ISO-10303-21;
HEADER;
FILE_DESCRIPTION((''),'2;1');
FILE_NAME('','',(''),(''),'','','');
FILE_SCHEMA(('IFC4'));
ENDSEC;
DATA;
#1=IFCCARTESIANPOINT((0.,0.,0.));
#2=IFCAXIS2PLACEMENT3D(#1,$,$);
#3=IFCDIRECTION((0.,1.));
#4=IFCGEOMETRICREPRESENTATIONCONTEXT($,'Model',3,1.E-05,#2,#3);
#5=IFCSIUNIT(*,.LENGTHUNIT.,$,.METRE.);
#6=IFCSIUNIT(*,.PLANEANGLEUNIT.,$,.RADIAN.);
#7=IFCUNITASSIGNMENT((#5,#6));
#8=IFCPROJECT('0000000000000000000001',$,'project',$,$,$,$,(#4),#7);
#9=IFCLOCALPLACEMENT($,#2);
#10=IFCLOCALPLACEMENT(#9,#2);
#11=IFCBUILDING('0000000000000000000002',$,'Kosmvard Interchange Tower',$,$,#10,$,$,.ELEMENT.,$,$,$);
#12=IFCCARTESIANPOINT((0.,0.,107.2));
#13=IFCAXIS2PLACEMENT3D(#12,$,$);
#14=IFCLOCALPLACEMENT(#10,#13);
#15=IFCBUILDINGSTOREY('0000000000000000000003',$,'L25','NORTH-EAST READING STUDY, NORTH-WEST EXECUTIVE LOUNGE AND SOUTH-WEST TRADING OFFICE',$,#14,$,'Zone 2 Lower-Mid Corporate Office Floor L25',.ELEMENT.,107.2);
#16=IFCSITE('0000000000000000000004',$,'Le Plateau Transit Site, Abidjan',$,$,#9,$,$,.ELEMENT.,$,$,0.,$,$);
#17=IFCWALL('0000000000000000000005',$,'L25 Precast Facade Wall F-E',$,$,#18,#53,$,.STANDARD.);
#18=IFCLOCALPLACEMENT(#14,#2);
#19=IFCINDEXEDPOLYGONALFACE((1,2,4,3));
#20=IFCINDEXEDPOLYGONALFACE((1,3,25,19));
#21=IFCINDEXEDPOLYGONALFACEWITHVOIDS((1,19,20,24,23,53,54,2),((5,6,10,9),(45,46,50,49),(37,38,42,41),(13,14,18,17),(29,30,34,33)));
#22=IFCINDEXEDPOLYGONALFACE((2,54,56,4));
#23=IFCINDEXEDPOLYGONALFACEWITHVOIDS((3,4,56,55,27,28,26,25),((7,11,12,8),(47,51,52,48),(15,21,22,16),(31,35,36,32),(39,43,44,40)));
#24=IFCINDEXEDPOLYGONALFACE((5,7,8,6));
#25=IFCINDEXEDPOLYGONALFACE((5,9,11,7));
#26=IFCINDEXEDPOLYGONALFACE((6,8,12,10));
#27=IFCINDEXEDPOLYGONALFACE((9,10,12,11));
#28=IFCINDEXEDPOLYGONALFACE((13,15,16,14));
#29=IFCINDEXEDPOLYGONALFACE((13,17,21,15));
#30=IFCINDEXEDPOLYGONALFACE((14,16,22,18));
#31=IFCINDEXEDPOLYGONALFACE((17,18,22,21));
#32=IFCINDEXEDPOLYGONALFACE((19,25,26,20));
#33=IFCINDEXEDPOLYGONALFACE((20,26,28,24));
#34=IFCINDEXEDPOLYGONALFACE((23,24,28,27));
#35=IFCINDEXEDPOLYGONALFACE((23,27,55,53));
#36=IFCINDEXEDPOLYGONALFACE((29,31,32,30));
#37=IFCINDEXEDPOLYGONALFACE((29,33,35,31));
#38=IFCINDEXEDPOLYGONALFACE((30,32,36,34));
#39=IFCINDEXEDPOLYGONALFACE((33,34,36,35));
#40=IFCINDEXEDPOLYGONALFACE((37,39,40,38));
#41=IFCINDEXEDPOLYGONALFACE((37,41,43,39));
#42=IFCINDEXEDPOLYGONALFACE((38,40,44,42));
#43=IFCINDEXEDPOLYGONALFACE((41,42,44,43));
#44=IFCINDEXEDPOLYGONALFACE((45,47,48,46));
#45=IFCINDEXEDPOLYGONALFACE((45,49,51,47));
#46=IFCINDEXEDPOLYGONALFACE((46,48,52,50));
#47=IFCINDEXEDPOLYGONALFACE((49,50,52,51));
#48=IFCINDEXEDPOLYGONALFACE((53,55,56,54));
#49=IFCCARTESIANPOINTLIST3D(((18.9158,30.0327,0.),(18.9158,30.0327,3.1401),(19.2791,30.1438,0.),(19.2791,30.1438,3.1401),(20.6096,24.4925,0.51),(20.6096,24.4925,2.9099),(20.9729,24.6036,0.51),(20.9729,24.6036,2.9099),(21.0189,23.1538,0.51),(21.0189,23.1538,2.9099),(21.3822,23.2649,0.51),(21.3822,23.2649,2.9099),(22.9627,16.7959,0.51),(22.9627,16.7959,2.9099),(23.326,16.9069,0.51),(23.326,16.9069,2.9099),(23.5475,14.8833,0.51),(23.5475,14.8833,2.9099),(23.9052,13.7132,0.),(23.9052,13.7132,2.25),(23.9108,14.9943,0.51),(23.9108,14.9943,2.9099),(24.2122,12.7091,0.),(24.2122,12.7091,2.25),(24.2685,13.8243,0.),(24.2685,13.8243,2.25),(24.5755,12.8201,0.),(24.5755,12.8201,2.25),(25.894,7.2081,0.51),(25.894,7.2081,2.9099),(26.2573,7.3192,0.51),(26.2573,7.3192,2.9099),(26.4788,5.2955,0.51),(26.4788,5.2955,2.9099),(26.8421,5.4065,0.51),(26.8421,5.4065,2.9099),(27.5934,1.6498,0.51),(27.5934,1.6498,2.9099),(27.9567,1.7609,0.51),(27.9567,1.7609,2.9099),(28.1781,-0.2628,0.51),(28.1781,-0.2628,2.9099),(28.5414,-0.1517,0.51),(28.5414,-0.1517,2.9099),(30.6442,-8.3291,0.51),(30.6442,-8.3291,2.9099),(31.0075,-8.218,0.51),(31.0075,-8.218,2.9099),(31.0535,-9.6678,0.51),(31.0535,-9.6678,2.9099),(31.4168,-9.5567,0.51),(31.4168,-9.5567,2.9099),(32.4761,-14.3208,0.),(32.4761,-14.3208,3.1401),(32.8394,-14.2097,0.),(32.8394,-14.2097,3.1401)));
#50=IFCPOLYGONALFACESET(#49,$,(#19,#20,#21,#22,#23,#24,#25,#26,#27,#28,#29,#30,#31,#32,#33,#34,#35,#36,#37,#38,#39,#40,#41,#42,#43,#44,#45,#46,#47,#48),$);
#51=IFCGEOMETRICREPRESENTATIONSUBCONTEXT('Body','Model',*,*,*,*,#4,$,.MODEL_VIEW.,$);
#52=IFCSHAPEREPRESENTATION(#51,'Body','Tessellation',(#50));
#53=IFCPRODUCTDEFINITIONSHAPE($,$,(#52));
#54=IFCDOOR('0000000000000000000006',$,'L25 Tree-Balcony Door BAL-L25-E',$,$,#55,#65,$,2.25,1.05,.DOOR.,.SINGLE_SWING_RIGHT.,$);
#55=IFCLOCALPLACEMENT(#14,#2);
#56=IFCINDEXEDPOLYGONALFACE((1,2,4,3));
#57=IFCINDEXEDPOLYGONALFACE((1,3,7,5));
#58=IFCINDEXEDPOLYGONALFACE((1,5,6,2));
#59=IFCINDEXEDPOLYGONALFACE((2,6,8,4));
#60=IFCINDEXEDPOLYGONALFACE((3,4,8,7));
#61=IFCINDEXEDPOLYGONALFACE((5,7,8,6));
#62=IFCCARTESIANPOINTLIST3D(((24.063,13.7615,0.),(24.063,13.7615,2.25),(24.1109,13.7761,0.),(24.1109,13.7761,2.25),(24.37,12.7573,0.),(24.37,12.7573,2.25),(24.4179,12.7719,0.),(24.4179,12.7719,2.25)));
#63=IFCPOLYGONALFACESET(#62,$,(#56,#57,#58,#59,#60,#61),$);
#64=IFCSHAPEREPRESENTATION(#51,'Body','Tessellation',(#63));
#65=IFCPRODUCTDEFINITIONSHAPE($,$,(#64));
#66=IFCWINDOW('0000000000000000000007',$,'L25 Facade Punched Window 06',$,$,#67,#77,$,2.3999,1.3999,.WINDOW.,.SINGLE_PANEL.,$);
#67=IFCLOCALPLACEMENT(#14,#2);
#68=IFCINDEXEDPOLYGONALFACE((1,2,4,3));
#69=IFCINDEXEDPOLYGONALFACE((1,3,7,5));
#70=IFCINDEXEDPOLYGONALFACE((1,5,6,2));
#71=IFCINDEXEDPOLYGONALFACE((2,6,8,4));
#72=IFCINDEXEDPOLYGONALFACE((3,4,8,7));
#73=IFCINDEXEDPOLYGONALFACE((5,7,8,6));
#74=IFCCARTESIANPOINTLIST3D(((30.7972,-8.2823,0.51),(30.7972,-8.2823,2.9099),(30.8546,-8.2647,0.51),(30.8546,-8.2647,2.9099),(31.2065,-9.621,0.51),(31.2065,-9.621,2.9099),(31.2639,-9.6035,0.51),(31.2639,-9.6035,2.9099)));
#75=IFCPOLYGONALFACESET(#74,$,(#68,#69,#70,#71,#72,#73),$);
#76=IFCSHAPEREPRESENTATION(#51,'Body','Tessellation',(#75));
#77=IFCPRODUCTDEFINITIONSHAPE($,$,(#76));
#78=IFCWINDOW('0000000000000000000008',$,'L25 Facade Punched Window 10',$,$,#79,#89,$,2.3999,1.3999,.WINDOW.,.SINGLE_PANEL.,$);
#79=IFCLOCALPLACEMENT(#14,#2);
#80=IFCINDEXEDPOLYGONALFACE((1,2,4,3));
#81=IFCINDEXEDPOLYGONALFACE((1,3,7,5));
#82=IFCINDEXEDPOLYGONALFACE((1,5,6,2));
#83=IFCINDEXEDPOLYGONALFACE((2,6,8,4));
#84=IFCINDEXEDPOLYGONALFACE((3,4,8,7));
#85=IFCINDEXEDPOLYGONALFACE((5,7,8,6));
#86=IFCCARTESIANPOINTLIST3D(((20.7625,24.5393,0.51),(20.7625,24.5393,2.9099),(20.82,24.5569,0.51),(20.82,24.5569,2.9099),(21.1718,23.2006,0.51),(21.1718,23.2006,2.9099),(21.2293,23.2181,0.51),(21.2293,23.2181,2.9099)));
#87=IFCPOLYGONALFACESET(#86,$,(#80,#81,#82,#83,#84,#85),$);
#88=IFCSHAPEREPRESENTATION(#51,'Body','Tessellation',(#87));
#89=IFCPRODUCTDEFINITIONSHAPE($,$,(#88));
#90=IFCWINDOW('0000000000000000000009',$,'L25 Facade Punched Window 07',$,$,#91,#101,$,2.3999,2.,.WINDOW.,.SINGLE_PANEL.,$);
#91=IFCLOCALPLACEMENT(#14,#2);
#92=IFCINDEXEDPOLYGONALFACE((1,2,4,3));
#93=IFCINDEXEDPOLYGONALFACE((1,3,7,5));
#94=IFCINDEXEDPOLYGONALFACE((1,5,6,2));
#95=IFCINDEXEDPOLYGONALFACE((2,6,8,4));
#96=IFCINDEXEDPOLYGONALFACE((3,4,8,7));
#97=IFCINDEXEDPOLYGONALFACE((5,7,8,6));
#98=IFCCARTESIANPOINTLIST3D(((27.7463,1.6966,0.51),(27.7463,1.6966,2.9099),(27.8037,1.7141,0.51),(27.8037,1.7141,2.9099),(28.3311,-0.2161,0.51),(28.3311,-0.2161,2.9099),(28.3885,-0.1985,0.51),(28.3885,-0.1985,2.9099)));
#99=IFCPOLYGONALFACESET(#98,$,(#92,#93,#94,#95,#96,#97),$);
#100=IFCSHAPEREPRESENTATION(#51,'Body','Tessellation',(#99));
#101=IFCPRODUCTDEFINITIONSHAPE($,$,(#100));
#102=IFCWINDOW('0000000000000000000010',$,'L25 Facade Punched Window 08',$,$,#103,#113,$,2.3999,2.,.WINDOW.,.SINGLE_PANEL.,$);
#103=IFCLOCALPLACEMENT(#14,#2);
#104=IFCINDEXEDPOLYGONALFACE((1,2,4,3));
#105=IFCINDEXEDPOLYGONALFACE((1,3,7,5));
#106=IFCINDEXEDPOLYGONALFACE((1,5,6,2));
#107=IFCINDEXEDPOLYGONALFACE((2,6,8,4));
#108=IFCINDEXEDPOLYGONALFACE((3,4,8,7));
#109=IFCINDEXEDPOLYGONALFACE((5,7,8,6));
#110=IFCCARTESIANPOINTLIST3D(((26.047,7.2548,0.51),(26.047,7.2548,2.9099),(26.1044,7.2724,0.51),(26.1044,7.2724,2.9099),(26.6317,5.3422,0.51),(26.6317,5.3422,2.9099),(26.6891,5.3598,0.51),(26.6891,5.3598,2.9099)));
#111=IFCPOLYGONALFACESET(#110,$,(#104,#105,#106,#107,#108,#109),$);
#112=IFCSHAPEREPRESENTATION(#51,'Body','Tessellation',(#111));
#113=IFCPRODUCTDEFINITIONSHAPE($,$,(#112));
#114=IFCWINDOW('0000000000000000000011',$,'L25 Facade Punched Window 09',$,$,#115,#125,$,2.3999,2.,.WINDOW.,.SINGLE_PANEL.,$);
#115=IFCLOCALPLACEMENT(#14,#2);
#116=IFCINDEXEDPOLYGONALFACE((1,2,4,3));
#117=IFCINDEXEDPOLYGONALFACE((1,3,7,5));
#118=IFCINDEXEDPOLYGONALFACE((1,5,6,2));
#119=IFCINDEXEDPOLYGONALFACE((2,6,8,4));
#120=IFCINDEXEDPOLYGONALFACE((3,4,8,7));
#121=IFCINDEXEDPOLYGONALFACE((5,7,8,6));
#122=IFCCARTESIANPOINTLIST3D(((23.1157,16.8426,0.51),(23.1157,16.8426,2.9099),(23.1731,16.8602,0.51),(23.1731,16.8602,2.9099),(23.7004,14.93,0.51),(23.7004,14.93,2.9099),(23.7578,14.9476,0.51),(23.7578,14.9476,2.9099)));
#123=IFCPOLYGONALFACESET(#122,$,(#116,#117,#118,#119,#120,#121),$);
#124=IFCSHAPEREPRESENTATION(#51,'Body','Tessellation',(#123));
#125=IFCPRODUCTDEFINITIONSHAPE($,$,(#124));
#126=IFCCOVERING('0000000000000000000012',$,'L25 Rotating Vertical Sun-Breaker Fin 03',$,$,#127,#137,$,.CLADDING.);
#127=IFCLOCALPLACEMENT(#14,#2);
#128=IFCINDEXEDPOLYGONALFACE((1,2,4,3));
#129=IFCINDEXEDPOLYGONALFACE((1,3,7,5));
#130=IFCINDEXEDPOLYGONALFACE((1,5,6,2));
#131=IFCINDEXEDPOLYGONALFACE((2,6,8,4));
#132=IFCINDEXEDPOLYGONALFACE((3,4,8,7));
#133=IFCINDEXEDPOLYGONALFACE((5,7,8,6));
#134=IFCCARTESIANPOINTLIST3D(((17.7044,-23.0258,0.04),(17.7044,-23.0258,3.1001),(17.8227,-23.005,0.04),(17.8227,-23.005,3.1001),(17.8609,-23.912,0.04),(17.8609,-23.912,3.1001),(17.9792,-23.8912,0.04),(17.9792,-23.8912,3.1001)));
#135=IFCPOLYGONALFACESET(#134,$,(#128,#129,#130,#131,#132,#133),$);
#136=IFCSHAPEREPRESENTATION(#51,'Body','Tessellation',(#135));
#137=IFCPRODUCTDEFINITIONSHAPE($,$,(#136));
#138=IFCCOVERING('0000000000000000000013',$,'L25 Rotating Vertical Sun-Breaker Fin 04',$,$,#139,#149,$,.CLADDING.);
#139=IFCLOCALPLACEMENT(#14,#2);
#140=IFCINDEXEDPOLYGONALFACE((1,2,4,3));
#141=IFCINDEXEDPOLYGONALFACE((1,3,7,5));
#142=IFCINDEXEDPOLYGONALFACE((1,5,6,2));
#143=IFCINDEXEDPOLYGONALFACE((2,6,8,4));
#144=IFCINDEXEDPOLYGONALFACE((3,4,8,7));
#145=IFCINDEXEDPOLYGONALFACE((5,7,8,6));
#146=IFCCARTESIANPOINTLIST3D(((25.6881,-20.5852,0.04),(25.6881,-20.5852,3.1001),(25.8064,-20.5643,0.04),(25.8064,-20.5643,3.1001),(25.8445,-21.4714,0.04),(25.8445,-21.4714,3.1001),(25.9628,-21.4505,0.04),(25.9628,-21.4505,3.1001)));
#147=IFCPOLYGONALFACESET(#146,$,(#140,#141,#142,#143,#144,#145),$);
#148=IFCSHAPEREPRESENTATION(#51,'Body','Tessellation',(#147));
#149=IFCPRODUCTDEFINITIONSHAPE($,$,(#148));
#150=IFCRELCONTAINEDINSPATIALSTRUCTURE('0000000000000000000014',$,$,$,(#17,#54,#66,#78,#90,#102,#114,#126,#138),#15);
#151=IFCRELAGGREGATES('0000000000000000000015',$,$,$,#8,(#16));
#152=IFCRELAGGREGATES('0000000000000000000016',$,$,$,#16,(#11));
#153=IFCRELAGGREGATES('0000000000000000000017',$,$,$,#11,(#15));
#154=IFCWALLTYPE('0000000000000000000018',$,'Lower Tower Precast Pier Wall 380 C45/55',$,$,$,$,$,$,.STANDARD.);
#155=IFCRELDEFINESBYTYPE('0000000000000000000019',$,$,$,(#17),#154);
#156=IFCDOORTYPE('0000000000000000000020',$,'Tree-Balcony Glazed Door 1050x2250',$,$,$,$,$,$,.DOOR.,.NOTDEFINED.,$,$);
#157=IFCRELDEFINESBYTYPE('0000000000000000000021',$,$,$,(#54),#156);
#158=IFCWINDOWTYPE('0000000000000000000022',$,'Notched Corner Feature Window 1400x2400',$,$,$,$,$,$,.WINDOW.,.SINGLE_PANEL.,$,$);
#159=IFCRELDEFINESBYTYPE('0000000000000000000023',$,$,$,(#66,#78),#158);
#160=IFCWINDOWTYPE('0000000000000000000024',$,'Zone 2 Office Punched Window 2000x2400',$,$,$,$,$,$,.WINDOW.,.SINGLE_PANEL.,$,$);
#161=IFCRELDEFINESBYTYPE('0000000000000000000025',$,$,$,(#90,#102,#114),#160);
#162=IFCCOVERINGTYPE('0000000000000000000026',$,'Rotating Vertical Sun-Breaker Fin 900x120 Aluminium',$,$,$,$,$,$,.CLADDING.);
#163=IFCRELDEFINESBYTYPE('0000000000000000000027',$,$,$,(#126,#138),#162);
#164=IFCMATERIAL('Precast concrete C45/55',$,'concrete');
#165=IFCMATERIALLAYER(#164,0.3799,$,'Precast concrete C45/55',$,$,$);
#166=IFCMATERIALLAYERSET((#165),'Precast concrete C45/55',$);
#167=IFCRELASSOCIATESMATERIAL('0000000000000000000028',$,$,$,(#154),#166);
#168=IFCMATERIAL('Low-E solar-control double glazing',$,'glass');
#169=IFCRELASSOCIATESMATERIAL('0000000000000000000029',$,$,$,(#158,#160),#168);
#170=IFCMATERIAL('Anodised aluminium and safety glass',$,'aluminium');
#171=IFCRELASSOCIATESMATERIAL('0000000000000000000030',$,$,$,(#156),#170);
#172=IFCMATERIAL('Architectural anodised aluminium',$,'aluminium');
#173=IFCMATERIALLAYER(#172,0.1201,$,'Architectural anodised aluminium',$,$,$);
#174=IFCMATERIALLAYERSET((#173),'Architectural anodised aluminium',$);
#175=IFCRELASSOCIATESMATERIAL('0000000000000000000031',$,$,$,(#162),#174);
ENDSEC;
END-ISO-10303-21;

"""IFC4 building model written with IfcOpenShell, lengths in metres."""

from ifc_helpers import new_model, si_unit, direction, frame, frame_2d, origin, origin_2d, place, context, subcontext, project, spatial, rectangle, extrude, source, transform, mapped, material, layer, layer_set, type_object, element, fill, save


model = new_model("IFC4")

# Units and contexts
model_context = context("Model", 3, precision=1e-05, world=origin(), true_north=direction((0.0, 1.0)))
body_context = subcontext(model_context, "Body", "Model", "MODEL_VIEW")
ifc_project = project(units=[si_unit("LENGTHUNIT", "METRE"), si_unit("PLANEANGLEUNIT", "RADIAN")], contexts=[model_context])

# Site, building, storey
site_placement = place(None, origin())
site = spatial("IfcSite", under=ifc_project, at=site_placement, Name="Le Plateau Transit Site, Abidjan", CompositionType="ELEMENT", RefElevation=0.0)
building_placement = place(site_placement, origin())
building = spatial("IfcBuilding", under=site, at=building_placement, Name="Kosmvard Interchange Tower", CompositionType="ELEMENT")
storey_placement = place(building_placement, frame((0.0, 0.0, 107.2)))
storey = spatial("IfcBuildingStorey", under=building, at=storey_placement, Name="L25", Description="NORTH-EAST READING STUDY, NORTH-WEST EXECUTIVE LOUNGE AND SOUTH-WEST TRADING OFFICE", LongName="Zone 2 Lower-Mid Corporate Office Floor L25", CompositionType="ELEMENT", Elevation=107.2)

# Shared definitions
ifc_material_1 = material(Name="Precast concrete C45/55", Category="concrete")

# Shared definitions
ifc_layer_1 = layer(ifc_material_1, 0.3799, Name="Precast concrete C45/55")
ifc_layer_set_1 = layer_set([ifc_layer_1], Name="Precast concrete C45/55")
wall_type_1 = type_object("IfcWallType", Name="Lower Tower Precast Pier Wall 380 C45/55", PredefinedType="STANDARD", material=ifc_layer_set_1)

# Shared definitions
ifc_material_2 = material(Name="Low-E solar-control double glazing", Category="glass")
window_type_1 = type_object("IfcWindowType", Name="Notched Corner Feature Window 1400x2400", PartitioningType="SINGLE_PANEL", PredefinedType="WINDOW", material=ifc_material_2)
shared_shape_1 = source(origin(), body_context, "Body", "SweptSolid", [
    extrude(rectangle(XDim=1.3999, YDim=2.3999, at=frame_2d((0.7, 1.2))), frame((0.0, 0.03, 0.0), z_axis=(0.0, -1.0, 0.0), x_axis=(1.0, 0.0, 0.0)), (0.0, 0.0, 1.0), 0.0601),
])

# Wall, openings, door, windows
wall_1_placement = place(storey_placement, frame((32.6577, -14.2651, 0.0), z_axis=(0.0, 0.0, 1.0), x_axis=(-0.292373, 0.956304, 0.0)))
wall_1 = element("IfcWall", 1, at=wall_1_placement, inside=storey, type_object=wall_type_1, Name="L25 Precast Facade Wall F-E", PredefinedType="STANDARD", context=body_context, shape_type="SweptSolid", body=[
    extrude(rectangle(XDim=46.3801, YDim=0.3799, at=frame_2d((23.1899, 0.0))), origin(), (0.0, 0.0, 1.0), 3.1401),
])
opening_1_placement = place(wall_1_placement, frame((28.2649, 0.0, 0.0)))
opening_1 = element("IfcOpeningElement", 2, at=opening_1_placement, cuts=wall_1, PredefinedType="OPENING", context=body_context, shape_type="SweptSolid", body=[
    extrude(rectangle(XDim=1.05, YDim=2.25, at=frame_2d((0.5249, 1.125))), frame((0.0, 0.2, 0.0), z_axis=(0.0, -1.0, 0.0), x_axis=(1.0, 0.0, 0.0)), (0.0, 0.0, 1.0), 0.3999),
])
opening_2_placement = place(wall_1_placement, frame((4.8655, 0.0, 0.51)))
opening_2 = element("IfcOpeningElement", 3, at=opening_2_placement, cuts=wall_1, PredefinedType="OPENING", context=body_context, shape_type="SweptSolid", body=[
    extrude(rectangle(XDim=1.3999, YDim=2.3999, at=frame_2d((0.7, 1.2))), frame((0.0, 0.2, 0.0), z_axis=(0.0, -1.0, 0.0), x_axis=(1.0, 0.0, 0.0)), (0.0, 0.0, 1.0), 0.3999),
])
opening_3_placement = place(wall_1_placement, frame((14.7002, 0.0, 0.51)))
opening_3 = element("IfcOpeningElement", 4, at=opening_3_placement, cuts=wall_1, PredefinedType="OPENING", context=body_context, shape_type="SweptSolid", body=[
    extrude(rectangle(XDim=2.0, YDim=2.3999, at=frame_2d((1.0, 1.2))), frame((0.0, 0.2, 0.0), z_axis=(0.0, -1.0, 0.0), x_axis=(1.0, 0.0, 0.0)), (0.0, 0.0, 1.0), 0.3999),
])
opening_4_placement = place(wall_1_placement, frame((20.5125, 0.0, 0.51)))
opening_4 = element("IfcOpeningElement", 5, at=opening_4_placement, cuts=wall_1, PredefinedType="OPENING", context=body_context, shape_type="SweptSolid", body=[
    extrude(rectangle(XDim=2.0, YDim=2.3999, at=frame_2d((1.0, 1.2))), frame((0.0, 0.2, 0.0), z_axis=(0.0, -1.0, 0.0), x_axis=(1.0, 0.0, 0.0)), (0.0, 0.0, 1.0), 0.3999),
])
opening_5_placement = place(wall_1_placement, frame((30.5383, 0.0, 0.51)))
opening_5 = element("IfcOpeningElement", 6, at=opening_5_placement, cuts=wall_1, PredefinedType="OPENING", context=body_context, shape_type="SweptSolid", body=[
    extrude(rectangle(XDim=2.0, YDim=2.3999, at=frame_2d((1.0, 1.2))), frame((0.0, 0.2, 0.0), z_axis=(0.0, -1.0, 0.0), x_axis=(1.0, 0.0, 0.0)), (0.0, 0.0, 1.0), 0.3999),
])
opening_6_placement = place(wall_1_placement, frame((39.1868, 0.0, 0.51)))
opening_6 = element("IfcOpeningElement", 7, at=opening_6_placement, cuts=wall_1, PredefinedType="OPENING", context=body_context, shape_type="SweptSolid", body=[
    extrude(rectangle(XDim=1.3999, YDim=2.3999, at=frame_2d((0.7, 1.2))), frame((0.0, 0.2, 0.0), z_axis=(0.0, -1.0, 0.0), x_axis=(1.0, 0.0, 0.0)), (0.0, 0.0, 1.0), 0.3999),
])
ifc_material_3 = material(Name="Anodised aluminium and safety glass", Category="aluminium")
door_type = type_object("IfcDoorType", Name="Tree-Balcony Glazed Door 1050x2250", OperationType="NOTDEFINED", PredefinedType="DOOR", material=ifc_material_3)
shared_shape_2 = source(origin(), body_context, "Body", "SweptSolid", [
    extrude(rectangle(XDim=1.05, YDim=2.25, at=frame_2d((0.5249, 1.125))), frame((0.0, 0.0249, 0.0), z_axis=(0.0, -1.0, 0.0), x_axis=(1.0, 0.0, 0.0)), (0.0, 0.0, 1.0), 0.05),
])
door_placement = place(opening_1_placement, origin())
door = element("IfcDoor", 8, at=door_placement, inside=storey, type_object=door_type, Name="L25 Tree-Balcony Door BAL-L25-E", OperationType="SINGLE_SWING_RIGHT", OverallHeight=2.25, OverallWidth=1.05, PredefinedType="DOOR", context=body_context, shape_type="MappedRepresentation", body=[
    mapped(shared_shape_2, transform((0.0, 0.0, 0.0), scale=1.0)),
])
fill(opening_1, door)
window_1_placement = place(opening_2_placement, origin())
window_1 = element("IfcWindow", 9, at=window_1_placement, inside=storey, type_object=window_type_1, Name="L25 Facade Punched Window 06", OverallHeight=2.3999, OverallWidth=1.3999, PartitioningType="SINGLE_PANEL", PredefinedType="WINDOW", context=body_context, shape_type="MappedRepresentation", body=[
    mapped(shared_shape_1, transform((0.0, 0.0, 0.0), scale=1.0)),
])
fill(opening_2, window_1)
window_2_placement = place(opening_6_placement, origin())
window_2 = element("IfcWindow", 10, at=window_2_placement, inside=storey, type_object=window_type_1, Name="L25 Facade Punched Window 10", OverallHeight=2.3999, OverallWidth=1.3999, PartitioningType="SINGLE_PANEL", PredefinedType="WINDOW", context=body_context, shape_type="MappedRepresentation", body=[
    mapped(shared_shape_1, transform((0.0, 0.0, 0.0), scale=1.0)),
])
fill(opening_6, window_2)
window_type_2 = type_object("IfcWindowType", Name="Zone 2 Office Punched Window 2000x2400", PartitioningType="SINGLE_PANEL", PredefinedType="WINDOW", material=ifc_material_2)
shared_shape_3 = source(origin(), body_context, "Body", "SweptSolid", [
    extrude(rectangle(XDim=2.0, YDim=2.3999, at=frame_2d((1.0, 1.2))), frame((0.0, 0.03, 0.0), z_axis=(0.0, -1.0, 0.0), x_axis=(1.0, 0.0, 0.0)), (0.0, 0.0, 1.0), 0.0601),
])
window_3_placement = place(opening_3_placement, origin())
window_3 = element("IfcWindow", 11, at=window_3_placement, inside=storey, type_object=window_type_2, Name="L25 Facade Punched Window 07", OverallHeight=2.3999, OverallWidth=2.0, PartitioningType="SINGLE_PANEL", PredefinedType="WINDOW", context=body_context, shape_type="MappedRepresentation", body=[
    mapped(shared_shape_3, transform((0.0, 0.0, 0.0), scale=1.0)),
])
fill(opening_3, window_3)
window_4_placement = place(opening_4_placement, origin())
window_4 = element("IfcWindow", 12, at=window_4_placement, inside=storey, type_object=window_type_2, Name="L25 Facade Punched Window 08", OverallHeight=2.3999, OverallWidth=2.0, PartitioningType="SINGLE_PANEL", PredefinedType="WINDOW", context=body_context, shape_type="MappedRepresentation", body=[
    mapped(shared_shape_3, transform((0.0, 0.0, 0.0), scale=1.0)),
])
fill(opening_4, window_4)
window_5_placement = place(opening_5_placement, origin())
window_5 = element("IfcWindow", 13, at=window_5_placement, inside=storey, type_object=window_type_2, Name="L25 Facade Punched Window 09", OverallHeight=2.3999, OverallWidth=2.0, PartitioningType="SINGLE_PANEL", PredefinedType="WINDOW", context=body_context, shape_type="MappedRepresentation", body=[
    mapped(shared_shape_3, transform((0.0, 0.0, 0.0), scale=1.0)),
])
fill(opening_5, window_5)

# Coverings
ifc_material_4 = material(Name="Architectural anodised aluminium", Category="aluminium")
ifc_layer_2 = layer(ifc_material_4, 0.1201, Name="Architectural anodised aluminium")
ifc_layer_set_2 = layer_set([ifc_layer_2], Name="Architectural anodised aluminium")
covering_type = type_object("IfcCoveringType", Name="Rotating Vertical Sun-Breaker Fin 900x120 Aluminium", PredefinedType="CLADDING", material=ifc_layer_set_2)
shared_shape_4 = source(origin(), body_context, "Body", "SweptSolid", [
    extrude(rectangle(XDim=0.8999, YDim=0.1201, at=origin_2d()), origin(), (0.0, 0.0, 1.0), 3.0601),
])
for number, where, z_axis, x_axis, name in (
    (14, (17.8418, -23.4585, 0.04), (0.0, 0.0, 1.0), (0.17382, -0.984777, 0.0), "L25 Rotating Vertical Sun-Breaker Fin 03"),
    (15, (25.8254, -21.0178, 0.04), (0.0, 0.0, 1.0), (0.17382, -0.984777, 0.0), "L25 Rotating Vertical Sun-Breaker Fin 04"),
):
    element("IfcCovering", number, at=place(storey_placement, frame(where, z_axis=z_axis, x_axis=x_axis)), inside=storey, type_object=covering_type, Name=name, PredefinedType="CLADDING", context=body_context, shape_type="MappedRepresentation", body=[
        mapped(shared_shape_4, transform((0.0, 0.0, 0.0), scale=1.0)),
    ])

save(model, "model.ifc")
